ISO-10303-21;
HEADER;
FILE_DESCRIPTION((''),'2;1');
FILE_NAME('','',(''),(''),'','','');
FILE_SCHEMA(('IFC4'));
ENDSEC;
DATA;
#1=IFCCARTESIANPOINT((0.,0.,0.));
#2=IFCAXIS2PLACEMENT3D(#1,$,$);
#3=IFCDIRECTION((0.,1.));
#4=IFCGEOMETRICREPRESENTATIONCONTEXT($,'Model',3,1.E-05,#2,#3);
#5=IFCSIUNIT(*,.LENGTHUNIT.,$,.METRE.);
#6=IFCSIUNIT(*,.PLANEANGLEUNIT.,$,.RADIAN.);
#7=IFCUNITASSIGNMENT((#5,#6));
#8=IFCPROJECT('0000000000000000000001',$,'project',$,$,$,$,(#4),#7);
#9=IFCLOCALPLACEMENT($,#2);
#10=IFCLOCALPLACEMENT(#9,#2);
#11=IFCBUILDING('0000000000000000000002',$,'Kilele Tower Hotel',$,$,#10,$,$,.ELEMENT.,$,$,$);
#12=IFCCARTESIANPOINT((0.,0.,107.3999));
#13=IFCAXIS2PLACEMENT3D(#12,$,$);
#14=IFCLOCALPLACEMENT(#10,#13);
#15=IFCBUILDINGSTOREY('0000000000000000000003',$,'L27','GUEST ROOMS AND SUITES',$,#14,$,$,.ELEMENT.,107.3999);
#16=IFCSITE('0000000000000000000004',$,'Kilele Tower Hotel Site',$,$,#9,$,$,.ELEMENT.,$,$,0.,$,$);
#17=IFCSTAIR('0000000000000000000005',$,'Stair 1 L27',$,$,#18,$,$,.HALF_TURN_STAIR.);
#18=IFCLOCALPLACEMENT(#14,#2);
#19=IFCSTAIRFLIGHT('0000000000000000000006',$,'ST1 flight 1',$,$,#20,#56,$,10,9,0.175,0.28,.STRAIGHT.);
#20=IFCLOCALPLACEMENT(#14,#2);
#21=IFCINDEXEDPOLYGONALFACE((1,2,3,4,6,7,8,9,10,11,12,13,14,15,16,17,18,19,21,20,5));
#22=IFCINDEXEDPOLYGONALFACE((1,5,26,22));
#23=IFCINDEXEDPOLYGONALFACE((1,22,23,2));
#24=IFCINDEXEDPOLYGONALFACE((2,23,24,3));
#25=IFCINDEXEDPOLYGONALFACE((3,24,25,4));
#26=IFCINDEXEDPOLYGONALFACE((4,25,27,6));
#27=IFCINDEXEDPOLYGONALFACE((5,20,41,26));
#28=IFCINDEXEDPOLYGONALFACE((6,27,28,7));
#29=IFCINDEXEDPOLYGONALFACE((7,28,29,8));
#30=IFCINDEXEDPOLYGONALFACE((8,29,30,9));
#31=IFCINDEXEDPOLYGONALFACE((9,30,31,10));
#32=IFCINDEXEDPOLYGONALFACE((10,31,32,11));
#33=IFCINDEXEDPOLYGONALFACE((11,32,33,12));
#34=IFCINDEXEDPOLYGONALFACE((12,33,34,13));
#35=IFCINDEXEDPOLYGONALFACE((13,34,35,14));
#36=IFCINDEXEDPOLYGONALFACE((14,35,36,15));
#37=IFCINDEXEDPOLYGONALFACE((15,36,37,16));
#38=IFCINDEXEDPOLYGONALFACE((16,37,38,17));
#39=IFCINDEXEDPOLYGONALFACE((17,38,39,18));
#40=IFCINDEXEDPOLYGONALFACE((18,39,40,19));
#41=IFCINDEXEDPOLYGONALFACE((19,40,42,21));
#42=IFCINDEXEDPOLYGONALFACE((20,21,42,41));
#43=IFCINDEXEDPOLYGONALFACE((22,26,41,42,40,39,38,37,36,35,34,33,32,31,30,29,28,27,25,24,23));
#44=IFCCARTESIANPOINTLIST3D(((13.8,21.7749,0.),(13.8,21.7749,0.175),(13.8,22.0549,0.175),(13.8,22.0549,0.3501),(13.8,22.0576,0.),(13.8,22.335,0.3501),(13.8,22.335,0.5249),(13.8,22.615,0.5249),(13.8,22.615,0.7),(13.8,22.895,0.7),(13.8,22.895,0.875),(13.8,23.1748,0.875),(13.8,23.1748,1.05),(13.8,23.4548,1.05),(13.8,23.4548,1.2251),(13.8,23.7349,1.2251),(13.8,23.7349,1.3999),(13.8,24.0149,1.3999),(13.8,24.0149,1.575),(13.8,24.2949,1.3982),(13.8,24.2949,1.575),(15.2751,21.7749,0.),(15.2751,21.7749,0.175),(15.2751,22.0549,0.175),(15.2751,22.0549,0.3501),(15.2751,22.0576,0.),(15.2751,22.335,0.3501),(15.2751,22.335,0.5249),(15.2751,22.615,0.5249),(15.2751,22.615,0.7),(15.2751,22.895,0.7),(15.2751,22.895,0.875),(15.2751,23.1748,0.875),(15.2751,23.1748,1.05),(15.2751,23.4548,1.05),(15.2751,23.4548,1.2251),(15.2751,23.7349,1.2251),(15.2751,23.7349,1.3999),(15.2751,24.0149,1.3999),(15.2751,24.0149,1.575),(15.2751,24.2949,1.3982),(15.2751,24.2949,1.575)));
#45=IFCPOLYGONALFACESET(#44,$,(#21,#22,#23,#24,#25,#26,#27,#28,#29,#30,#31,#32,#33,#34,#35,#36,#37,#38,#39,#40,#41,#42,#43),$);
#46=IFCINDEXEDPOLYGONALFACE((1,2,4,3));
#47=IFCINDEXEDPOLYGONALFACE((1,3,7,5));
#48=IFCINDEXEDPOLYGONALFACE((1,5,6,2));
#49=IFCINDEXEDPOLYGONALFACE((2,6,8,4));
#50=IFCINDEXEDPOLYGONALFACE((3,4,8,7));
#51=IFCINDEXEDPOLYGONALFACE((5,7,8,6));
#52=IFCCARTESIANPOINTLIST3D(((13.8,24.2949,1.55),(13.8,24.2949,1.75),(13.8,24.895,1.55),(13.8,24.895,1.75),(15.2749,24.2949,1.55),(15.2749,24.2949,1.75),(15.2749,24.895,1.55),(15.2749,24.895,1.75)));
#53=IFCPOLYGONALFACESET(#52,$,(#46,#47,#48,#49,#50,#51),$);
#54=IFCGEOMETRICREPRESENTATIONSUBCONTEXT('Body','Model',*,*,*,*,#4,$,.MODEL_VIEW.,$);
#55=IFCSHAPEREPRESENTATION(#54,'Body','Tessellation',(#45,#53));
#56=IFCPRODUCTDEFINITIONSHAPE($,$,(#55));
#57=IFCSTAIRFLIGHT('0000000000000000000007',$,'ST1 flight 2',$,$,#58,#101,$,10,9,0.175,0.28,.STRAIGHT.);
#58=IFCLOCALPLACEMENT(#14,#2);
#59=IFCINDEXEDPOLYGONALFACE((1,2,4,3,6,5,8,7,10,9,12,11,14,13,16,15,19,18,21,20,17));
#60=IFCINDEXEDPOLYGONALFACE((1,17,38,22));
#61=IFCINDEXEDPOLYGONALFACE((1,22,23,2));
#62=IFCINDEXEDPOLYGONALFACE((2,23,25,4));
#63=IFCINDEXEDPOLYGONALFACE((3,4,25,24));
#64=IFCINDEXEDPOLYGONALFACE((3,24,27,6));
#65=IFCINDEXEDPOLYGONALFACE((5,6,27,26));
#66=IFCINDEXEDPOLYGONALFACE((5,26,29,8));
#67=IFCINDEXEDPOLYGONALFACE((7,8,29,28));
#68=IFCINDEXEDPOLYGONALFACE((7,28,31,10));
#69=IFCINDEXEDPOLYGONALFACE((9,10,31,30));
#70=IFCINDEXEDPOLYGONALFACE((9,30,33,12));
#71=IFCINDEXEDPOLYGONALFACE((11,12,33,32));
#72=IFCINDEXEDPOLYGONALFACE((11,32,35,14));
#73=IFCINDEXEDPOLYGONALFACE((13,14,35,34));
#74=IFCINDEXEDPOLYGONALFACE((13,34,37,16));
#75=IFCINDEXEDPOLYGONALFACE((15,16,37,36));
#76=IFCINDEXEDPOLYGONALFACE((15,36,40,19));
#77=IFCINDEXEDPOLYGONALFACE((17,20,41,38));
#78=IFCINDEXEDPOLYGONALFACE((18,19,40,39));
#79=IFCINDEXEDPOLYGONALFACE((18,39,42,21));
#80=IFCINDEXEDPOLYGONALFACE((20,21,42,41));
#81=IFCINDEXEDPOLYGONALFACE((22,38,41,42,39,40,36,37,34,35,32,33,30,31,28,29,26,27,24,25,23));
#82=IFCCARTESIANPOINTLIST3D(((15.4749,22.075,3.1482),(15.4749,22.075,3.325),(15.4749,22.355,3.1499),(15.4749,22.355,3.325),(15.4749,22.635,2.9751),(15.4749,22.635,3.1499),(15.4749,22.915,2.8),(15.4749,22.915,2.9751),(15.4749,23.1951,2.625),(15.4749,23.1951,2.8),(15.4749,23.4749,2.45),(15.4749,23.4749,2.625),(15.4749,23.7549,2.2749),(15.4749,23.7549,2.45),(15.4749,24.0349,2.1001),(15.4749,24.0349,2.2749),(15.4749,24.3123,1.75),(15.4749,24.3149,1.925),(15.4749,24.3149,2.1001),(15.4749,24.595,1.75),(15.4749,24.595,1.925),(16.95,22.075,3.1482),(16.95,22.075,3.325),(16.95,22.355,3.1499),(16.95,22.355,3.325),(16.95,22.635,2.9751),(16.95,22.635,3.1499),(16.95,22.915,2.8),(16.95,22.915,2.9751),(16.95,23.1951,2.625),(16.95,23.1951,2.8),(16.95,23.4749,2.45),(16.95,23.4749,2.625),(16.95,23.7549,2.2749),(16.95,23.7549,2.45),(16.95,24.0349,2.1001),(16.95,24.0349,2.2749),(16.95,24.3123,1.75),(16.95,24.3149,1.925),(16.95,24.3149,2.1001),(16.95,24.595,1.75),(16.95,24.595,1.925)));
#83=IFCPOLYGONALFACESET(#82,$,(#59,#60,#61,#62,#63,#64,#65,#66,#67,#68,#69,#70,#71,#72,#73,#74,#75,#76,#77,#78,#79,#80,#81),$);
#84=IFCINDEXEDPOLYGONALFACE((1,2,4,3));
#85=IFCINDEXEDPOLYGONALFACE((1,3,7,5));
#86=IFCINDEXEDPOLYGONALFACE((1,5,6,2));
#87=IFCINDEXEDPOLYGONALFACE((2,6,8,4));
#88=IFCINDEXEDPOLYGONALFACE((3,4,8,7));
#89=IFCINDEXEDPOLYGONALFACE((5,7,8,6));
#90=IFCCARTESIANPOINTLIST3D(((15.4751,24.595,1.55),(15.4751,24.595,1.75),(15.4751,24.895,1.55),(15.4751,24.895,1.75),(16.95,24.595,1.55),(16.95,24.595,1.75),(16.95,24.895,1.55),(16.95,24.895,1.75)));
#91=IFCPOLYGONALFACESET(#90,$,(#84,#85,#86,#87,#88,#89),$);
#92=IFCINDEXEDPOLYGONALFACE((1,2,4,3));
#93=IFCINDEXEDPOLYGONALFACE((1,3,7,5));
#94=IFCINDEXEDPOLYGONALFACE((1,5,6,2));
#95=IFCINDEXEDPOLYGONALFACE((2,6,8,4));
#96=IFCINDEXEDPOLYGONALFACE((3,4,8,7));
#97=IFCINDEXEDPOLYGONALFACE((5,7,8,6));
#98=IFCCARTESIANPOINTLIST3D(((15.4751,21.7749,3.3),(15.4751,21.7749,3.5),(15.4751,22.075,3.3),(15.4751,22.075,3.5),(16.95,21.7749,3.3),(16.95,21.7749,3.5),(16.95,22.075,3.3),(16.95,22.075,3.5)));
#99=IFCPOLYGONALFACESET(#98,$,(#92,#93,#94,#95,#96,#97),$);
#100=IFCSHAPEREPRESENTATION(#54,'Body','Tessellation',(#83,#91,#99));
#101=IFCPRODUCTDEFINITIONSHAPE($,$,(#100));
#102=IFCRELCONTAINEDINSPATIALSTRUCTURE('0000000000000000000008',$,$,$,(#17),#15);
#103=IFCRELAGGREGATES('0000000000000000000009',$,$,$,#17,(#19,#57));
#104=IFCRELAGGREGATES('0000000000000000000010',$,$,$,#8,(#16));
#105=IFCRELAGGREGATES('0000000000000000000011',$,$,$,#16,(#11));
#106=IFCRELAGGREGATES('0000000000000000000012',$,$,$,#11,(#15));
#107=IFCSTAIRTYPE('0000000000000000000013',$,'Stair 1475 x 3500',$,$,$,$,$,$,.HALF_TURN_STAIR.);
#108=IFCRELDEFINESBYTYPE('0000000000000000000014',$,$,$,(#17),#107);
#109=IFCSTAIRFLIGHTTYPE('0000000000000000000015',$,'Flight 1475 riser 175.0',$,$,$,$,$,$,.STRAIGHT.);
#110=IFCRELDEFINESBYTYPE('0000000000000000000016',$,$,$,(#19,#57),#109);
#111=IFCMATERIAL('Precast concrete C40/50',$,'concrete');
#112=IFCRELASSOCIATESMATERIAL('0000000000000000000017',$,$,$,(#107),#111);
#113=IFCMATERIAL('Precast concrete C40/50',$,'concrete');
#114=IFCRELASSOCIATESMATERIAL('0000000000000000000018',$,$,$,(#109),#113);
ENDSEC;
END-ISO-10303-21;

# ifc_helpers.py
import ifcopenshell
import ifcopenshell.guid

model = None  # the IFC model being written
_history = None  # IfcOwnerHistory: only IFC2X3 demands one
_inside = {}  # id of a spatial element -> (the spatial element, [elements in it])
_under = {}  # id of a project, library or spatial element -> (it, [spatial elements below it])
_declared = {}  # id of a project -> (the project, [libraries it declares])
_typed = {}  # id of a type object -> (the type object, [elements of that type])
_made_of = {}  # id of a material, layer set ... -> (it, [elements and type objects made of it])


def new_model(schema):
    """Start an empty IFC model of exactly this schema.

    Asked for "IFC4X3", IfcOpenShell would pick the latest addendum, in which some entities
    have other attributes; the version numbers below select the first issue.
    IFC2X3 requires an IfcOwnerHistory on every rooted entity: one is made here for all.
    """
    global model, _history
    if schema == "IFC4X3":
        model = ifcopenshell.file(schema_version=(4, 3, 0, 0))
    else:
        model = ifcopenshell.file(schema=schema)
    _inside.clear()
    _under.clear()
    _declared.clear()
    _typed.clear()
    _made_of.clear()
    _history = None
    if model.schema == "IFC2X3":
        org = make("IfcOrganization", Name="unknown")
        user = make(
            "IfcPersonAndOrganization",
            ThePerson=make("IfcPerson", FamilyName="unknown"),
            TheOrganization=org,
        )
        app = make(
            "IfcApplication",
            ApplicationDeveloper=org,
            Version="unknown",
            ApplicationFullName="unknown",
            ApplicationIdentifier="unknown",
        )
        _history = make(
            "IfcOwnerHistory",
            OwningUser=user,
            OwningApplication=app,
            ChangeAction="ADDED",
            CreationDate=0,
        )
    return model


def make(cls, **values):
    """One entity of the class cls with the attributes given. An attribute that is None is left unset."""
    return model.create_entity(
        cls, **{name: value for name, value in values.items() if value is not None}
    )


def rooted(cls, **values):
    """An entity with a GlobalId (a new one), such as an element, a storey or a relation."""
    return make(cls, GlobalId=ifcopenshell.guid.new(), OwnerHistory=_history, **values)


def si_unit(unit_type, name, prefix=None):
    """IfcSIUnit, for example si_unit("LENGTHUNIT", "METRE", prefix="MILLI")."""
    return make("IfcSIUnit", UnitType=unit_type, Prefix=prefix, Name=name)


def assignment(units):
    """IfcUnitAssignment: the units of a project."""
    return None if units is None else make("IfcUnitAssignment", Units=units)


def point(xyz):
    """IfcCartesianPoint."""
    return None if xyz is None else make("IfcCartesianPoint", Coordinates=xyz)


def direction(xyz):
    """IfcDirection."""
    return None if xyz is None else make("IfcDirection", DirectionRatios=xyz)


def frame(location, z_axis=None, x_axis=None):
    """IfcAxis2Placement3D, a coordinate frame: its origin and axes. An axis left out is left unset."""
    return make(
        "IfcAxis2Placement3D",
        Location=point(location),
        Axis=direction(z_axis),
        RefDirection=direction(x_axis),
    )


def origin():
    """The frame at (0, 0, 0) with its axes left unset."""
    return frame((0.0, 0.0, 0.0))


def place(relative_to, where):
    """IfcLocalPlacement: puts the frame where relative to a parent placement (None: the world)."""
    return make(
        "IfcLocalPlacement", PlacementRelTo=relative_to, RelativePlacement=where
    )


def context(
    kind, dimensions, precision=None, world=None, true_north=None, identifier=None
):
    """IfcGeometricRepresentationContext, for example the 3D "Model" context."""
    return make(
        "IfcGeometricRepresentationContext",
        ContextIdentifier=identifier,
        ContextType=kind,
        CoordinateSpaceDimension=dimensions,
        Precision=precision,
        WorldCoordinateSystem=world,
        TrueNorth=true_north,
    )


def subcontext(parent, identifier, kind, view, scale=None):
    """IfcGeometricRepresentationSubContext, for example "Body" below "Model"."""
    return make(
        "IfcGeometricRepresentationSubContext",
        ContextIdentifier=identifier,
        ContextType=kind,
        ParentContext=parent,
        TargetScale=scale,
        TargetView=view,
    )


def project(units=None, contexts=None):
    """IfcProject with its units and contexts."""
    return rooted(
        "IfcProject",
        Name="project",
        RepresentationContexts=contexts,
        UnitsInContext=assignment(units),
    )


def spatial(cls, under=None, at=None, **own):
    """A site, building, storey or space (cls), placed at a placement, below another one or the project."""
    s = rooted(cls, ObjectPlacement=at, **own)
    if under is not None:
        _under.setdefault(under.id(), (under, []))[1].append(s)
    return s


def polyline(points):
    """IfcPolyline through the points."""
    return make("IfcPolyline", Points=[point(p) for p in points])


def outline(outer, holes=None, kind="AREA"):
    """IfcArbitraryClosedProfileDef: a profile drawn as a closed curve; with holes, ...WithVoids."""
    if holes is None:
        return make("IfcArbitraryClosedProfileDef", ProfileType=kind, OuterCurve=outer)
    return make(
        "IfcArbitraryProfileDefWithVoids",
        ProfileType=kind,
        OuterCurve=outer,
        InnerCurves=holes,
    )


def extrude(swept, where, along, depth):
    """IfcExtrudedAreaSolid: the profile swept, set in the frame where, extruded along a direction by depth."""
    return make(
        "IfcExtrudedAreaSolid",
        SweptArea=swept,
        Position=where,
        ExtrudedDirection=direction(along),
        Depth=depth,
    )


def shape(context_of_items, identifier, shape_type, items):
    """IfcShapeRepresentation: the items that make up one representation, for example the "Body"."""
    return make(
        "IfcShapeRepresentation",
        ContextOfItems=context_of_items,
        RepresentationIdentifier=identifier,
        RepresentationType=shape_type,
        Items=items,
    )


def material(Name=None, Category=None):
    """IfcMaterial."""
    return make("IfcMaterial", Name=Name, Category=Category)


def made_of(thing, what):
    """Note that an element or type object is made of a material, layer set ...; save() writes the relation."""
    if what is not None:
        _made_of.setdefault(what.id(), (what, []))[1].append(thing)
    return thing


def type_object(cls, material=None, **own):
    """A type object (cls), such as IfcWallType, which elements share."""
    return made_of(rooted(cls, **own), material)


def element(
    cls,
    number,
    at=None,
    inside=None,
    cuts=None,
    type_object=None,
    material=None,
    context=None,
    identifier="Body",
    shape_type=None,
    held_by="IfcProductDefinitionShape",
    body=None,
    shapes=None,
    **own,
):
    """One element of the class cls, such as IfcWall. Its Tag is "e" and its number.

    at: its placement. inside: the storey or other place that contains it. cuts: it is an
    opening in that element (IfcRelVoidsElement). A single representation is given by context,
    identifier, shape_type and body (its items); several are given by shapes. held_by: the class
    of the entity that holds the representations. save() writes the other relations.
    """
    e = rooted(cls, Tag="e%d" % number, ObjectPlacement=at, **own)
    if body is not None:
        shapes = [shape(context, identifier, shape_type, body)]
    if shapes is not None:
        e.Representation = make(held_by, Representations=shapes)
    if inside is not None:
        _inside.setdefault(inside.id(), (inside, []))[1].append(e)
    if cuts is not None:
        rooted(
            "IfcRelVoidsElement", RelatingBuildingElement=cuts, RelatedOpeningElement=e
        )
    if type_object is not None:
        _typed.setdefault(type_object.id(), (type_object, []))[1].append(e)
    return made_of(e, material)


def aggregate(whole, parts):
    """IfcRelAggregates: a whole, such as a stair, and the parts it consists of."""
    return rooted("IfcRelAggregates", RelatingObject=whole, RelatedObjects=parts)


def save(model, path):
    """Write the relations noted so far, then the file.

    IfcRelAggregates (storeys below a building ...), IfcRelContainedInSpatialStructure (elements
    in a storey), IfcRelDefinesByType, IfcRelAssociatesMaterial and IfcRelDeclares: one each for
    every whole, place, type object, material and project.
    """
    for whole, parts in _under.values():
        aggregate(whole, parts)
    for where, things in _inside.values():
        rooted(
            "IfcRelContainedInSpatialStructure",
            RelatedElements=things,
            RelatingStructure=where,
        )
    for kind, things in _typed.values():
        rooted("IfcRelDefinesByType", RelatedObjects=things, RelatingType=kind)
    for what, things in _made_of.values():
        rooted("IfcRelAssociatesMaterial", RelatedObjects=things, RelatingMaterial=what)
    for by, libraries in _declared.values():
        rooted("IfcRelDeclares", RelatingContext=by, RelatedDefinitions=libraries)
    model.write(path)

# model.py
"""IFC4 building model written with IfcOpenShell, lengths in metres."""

from ifc_helpers import new_model, si_unit, direction, frame, origin, place, context, subcontext, project, spatial, polyline, outline, extrude, material, type_object, element, aggregate, save


model = new_model("IFC4")

# Units and contexts
model_context = context("Model", 3, precision=1e-05, world=origin(), true_north=direction((0.0, 1.0)))
body_context = subcontext(model_context, "Body", "Model", "MODEL_VIEW")
ifc_project = project(units=[si_unit("LENGTHUNIT", "METRE"), si_unit("PLANEANGLEUNIT", "RADIAN")], contexts=[model_context])

# Site, building, storey
site_placement = place(None, origin())
site = spatial("IfcSite", under=ifc_project, at=site_placement, Name="Kilele Tower Hotel Site", CompositionType="ELEMENT", RefElevation=0.0)
building_placement = place(site_placement, origin())
building = spatial("IfcBuilding", under=site, at=building_placement, Name="Kilele Tower Hotel", CompositionType="ELEMENT")
storey_placement = place(building_placement, frame((0.0, 0.0, 107.3999)))
storey = spatial("IfcBuildingStorey", under=building, at=storey_placement, Name="L27", Description="GUEST ROOMS AND SUITES", CompositionType="ELEMENT", Elevation=107.3999)

# Stair, stair flights
ifc_material_1 = material(Name="Precast concrete C40/50", Category="concrete")
stair_type = type_object("IfcStairType", Name="Stair 1475 x 3500", PredefinedType="HALF_TURN_STAIR", material=ifc_material_1)
stair_placement = place(storey_placement, origin())
stair = element("IfcStair", 1, at=stair_placement, inside=storey, type_object=stair_type, Name="Stair 1 L27", PredefinedType="HALF_TURN_STAIR")
ifc_material_2 = material(Name="Precast concrete C40/50", Category="concrete")
stair_flight_type = type_object("IfcStairFlightType", Name="Flight 1475 riser 175.0", PredefinedType="STRAIGHT", material=ifc_material_2)
stair_flight_1_placement = place(storey_placement, frame((14.5376, 21.7749, 0.0), z_axis=(0.0, 0.0, 1.0), x_axis=(0.0, 1.0, 0.0)))
stair_flight_1 = element("IfcStairFlight", 2, at=stair_flight_1_placement, type_object=stair_flight_type, Name="ST1 flight 1", NumberOfRisers=10, NumberOfTreads=9, PredefinedType="STRAIGHT", RiserHeight=0.175, TreadLength=0.28, context=body_context, shape_type="SweptSolid", body=[
    extrude(outline(polyline([(0.0, 0.0), (0.0, 0.175), (0.28, 0.175), (0.28, 0.3501), (0.5601, 0.3501), (0.5601, 0.5249), (0.8401, 0.5249), (0.8401, 0.7), (1.1201, 0.7), (1.1201, 0.875), (1.3999, 0.875), (1.3999, 1.05), (1.6799, 1.05), (1.6799, 1.2251), (1.96, 1.2251), (1.96, 1.3999), (2.24, 1.3999), (2.24, 1.575), (2.52, 1.575), (2.52, 1.75), (2.52, 1.3982), (0.2827, 0.0), (0.0, 0.0)])), frame((0.0, 0.7375, 0.0), z_axis=(0.0, -1.0, 0.0), x_axis=(1.0, 0.0, 0.0)), (0.0, 0.0, 1.0), 1.4751),
    extrude(outline(polyline([(2.52, 0.7375), (2.52, -0.7373), (3.1201, -0.7373), (3.1201, 0.7375), (2.52, 0.7375)])), frame((0.0, 0.0, 1.55)), (0.0, 0.0, 1.0), 0.2),
])
stair_flight_2_placement = place(storey_placement, frame((16.2124, 24.595, 1.75), z_axis=(0.0, 0.0, 1.0), x_axis=(0.0, -1.0, 0.0)))
stair_flight_2 = element("IfcStairFlight", 3, at=stair_flight_2_placement, type_object=stair_flight_type, Name="ST1 flight 2", NumberOfRisers=10, NumberOfTreads=9, PredefinedType="STRAIGHT", RiserHeight=0.175, TreadLength=0.28, context=body_context, shape_type="SweptSolid", body=[
    extrude(outline(polyline([(0.0, 0.0), (0.0, 0.175), (0.28, 0.175), (0.28, 0.3501), (0.5601, 0.3501), (0.5601, 0.5249), (0.8401, 0.5249), (0.8401, 0.7), (1.1201, 0.7), (1.1201, 0.875), (1.3999, 0.875), (1.3999, 1.05), (1.6799, 1.05), (1.6799, 1.2251), (1.96, 1.2251), (1.96, 1.3999), (2.24, 1.3999), (2.24, 1.575), (2.52, 1.575), (2.52, 1.75), (2.52, 1.3982), (0.2827, 0.0), (0.0, 0.0)])), frame((0.0, 0.7375, 0.0), z_axis=(0.0, -1.0, 0.0), x_axis=(1.0, 0.0, 0.0)), (0.0, 0.0, 1.0), 1.4751),
    extrude(outline(polyline([(0.0, -0.7373), (0.0, 0.7375), (-0.3, 0.7375), (-0.3, -0.7373), (0.0, -0.7373)])), frame((0.0, 0.0, -0.2)), (0.0, 0.0, 1.0), 0.2),
    extrude(outline(polyline([(2.8201, -0.7373), (2.8201, 0.7375), (2.52, 0.7375), (2.52, -0.7373), (2.8201, -0.7373)])), frame((0.0, 0.0, 1.55)), (0.0, 0.0, 1.0), 0.2),
])
aggregate(stair, [stair_flight_1, stair_flight_2])

save(model, "model.ifc")
